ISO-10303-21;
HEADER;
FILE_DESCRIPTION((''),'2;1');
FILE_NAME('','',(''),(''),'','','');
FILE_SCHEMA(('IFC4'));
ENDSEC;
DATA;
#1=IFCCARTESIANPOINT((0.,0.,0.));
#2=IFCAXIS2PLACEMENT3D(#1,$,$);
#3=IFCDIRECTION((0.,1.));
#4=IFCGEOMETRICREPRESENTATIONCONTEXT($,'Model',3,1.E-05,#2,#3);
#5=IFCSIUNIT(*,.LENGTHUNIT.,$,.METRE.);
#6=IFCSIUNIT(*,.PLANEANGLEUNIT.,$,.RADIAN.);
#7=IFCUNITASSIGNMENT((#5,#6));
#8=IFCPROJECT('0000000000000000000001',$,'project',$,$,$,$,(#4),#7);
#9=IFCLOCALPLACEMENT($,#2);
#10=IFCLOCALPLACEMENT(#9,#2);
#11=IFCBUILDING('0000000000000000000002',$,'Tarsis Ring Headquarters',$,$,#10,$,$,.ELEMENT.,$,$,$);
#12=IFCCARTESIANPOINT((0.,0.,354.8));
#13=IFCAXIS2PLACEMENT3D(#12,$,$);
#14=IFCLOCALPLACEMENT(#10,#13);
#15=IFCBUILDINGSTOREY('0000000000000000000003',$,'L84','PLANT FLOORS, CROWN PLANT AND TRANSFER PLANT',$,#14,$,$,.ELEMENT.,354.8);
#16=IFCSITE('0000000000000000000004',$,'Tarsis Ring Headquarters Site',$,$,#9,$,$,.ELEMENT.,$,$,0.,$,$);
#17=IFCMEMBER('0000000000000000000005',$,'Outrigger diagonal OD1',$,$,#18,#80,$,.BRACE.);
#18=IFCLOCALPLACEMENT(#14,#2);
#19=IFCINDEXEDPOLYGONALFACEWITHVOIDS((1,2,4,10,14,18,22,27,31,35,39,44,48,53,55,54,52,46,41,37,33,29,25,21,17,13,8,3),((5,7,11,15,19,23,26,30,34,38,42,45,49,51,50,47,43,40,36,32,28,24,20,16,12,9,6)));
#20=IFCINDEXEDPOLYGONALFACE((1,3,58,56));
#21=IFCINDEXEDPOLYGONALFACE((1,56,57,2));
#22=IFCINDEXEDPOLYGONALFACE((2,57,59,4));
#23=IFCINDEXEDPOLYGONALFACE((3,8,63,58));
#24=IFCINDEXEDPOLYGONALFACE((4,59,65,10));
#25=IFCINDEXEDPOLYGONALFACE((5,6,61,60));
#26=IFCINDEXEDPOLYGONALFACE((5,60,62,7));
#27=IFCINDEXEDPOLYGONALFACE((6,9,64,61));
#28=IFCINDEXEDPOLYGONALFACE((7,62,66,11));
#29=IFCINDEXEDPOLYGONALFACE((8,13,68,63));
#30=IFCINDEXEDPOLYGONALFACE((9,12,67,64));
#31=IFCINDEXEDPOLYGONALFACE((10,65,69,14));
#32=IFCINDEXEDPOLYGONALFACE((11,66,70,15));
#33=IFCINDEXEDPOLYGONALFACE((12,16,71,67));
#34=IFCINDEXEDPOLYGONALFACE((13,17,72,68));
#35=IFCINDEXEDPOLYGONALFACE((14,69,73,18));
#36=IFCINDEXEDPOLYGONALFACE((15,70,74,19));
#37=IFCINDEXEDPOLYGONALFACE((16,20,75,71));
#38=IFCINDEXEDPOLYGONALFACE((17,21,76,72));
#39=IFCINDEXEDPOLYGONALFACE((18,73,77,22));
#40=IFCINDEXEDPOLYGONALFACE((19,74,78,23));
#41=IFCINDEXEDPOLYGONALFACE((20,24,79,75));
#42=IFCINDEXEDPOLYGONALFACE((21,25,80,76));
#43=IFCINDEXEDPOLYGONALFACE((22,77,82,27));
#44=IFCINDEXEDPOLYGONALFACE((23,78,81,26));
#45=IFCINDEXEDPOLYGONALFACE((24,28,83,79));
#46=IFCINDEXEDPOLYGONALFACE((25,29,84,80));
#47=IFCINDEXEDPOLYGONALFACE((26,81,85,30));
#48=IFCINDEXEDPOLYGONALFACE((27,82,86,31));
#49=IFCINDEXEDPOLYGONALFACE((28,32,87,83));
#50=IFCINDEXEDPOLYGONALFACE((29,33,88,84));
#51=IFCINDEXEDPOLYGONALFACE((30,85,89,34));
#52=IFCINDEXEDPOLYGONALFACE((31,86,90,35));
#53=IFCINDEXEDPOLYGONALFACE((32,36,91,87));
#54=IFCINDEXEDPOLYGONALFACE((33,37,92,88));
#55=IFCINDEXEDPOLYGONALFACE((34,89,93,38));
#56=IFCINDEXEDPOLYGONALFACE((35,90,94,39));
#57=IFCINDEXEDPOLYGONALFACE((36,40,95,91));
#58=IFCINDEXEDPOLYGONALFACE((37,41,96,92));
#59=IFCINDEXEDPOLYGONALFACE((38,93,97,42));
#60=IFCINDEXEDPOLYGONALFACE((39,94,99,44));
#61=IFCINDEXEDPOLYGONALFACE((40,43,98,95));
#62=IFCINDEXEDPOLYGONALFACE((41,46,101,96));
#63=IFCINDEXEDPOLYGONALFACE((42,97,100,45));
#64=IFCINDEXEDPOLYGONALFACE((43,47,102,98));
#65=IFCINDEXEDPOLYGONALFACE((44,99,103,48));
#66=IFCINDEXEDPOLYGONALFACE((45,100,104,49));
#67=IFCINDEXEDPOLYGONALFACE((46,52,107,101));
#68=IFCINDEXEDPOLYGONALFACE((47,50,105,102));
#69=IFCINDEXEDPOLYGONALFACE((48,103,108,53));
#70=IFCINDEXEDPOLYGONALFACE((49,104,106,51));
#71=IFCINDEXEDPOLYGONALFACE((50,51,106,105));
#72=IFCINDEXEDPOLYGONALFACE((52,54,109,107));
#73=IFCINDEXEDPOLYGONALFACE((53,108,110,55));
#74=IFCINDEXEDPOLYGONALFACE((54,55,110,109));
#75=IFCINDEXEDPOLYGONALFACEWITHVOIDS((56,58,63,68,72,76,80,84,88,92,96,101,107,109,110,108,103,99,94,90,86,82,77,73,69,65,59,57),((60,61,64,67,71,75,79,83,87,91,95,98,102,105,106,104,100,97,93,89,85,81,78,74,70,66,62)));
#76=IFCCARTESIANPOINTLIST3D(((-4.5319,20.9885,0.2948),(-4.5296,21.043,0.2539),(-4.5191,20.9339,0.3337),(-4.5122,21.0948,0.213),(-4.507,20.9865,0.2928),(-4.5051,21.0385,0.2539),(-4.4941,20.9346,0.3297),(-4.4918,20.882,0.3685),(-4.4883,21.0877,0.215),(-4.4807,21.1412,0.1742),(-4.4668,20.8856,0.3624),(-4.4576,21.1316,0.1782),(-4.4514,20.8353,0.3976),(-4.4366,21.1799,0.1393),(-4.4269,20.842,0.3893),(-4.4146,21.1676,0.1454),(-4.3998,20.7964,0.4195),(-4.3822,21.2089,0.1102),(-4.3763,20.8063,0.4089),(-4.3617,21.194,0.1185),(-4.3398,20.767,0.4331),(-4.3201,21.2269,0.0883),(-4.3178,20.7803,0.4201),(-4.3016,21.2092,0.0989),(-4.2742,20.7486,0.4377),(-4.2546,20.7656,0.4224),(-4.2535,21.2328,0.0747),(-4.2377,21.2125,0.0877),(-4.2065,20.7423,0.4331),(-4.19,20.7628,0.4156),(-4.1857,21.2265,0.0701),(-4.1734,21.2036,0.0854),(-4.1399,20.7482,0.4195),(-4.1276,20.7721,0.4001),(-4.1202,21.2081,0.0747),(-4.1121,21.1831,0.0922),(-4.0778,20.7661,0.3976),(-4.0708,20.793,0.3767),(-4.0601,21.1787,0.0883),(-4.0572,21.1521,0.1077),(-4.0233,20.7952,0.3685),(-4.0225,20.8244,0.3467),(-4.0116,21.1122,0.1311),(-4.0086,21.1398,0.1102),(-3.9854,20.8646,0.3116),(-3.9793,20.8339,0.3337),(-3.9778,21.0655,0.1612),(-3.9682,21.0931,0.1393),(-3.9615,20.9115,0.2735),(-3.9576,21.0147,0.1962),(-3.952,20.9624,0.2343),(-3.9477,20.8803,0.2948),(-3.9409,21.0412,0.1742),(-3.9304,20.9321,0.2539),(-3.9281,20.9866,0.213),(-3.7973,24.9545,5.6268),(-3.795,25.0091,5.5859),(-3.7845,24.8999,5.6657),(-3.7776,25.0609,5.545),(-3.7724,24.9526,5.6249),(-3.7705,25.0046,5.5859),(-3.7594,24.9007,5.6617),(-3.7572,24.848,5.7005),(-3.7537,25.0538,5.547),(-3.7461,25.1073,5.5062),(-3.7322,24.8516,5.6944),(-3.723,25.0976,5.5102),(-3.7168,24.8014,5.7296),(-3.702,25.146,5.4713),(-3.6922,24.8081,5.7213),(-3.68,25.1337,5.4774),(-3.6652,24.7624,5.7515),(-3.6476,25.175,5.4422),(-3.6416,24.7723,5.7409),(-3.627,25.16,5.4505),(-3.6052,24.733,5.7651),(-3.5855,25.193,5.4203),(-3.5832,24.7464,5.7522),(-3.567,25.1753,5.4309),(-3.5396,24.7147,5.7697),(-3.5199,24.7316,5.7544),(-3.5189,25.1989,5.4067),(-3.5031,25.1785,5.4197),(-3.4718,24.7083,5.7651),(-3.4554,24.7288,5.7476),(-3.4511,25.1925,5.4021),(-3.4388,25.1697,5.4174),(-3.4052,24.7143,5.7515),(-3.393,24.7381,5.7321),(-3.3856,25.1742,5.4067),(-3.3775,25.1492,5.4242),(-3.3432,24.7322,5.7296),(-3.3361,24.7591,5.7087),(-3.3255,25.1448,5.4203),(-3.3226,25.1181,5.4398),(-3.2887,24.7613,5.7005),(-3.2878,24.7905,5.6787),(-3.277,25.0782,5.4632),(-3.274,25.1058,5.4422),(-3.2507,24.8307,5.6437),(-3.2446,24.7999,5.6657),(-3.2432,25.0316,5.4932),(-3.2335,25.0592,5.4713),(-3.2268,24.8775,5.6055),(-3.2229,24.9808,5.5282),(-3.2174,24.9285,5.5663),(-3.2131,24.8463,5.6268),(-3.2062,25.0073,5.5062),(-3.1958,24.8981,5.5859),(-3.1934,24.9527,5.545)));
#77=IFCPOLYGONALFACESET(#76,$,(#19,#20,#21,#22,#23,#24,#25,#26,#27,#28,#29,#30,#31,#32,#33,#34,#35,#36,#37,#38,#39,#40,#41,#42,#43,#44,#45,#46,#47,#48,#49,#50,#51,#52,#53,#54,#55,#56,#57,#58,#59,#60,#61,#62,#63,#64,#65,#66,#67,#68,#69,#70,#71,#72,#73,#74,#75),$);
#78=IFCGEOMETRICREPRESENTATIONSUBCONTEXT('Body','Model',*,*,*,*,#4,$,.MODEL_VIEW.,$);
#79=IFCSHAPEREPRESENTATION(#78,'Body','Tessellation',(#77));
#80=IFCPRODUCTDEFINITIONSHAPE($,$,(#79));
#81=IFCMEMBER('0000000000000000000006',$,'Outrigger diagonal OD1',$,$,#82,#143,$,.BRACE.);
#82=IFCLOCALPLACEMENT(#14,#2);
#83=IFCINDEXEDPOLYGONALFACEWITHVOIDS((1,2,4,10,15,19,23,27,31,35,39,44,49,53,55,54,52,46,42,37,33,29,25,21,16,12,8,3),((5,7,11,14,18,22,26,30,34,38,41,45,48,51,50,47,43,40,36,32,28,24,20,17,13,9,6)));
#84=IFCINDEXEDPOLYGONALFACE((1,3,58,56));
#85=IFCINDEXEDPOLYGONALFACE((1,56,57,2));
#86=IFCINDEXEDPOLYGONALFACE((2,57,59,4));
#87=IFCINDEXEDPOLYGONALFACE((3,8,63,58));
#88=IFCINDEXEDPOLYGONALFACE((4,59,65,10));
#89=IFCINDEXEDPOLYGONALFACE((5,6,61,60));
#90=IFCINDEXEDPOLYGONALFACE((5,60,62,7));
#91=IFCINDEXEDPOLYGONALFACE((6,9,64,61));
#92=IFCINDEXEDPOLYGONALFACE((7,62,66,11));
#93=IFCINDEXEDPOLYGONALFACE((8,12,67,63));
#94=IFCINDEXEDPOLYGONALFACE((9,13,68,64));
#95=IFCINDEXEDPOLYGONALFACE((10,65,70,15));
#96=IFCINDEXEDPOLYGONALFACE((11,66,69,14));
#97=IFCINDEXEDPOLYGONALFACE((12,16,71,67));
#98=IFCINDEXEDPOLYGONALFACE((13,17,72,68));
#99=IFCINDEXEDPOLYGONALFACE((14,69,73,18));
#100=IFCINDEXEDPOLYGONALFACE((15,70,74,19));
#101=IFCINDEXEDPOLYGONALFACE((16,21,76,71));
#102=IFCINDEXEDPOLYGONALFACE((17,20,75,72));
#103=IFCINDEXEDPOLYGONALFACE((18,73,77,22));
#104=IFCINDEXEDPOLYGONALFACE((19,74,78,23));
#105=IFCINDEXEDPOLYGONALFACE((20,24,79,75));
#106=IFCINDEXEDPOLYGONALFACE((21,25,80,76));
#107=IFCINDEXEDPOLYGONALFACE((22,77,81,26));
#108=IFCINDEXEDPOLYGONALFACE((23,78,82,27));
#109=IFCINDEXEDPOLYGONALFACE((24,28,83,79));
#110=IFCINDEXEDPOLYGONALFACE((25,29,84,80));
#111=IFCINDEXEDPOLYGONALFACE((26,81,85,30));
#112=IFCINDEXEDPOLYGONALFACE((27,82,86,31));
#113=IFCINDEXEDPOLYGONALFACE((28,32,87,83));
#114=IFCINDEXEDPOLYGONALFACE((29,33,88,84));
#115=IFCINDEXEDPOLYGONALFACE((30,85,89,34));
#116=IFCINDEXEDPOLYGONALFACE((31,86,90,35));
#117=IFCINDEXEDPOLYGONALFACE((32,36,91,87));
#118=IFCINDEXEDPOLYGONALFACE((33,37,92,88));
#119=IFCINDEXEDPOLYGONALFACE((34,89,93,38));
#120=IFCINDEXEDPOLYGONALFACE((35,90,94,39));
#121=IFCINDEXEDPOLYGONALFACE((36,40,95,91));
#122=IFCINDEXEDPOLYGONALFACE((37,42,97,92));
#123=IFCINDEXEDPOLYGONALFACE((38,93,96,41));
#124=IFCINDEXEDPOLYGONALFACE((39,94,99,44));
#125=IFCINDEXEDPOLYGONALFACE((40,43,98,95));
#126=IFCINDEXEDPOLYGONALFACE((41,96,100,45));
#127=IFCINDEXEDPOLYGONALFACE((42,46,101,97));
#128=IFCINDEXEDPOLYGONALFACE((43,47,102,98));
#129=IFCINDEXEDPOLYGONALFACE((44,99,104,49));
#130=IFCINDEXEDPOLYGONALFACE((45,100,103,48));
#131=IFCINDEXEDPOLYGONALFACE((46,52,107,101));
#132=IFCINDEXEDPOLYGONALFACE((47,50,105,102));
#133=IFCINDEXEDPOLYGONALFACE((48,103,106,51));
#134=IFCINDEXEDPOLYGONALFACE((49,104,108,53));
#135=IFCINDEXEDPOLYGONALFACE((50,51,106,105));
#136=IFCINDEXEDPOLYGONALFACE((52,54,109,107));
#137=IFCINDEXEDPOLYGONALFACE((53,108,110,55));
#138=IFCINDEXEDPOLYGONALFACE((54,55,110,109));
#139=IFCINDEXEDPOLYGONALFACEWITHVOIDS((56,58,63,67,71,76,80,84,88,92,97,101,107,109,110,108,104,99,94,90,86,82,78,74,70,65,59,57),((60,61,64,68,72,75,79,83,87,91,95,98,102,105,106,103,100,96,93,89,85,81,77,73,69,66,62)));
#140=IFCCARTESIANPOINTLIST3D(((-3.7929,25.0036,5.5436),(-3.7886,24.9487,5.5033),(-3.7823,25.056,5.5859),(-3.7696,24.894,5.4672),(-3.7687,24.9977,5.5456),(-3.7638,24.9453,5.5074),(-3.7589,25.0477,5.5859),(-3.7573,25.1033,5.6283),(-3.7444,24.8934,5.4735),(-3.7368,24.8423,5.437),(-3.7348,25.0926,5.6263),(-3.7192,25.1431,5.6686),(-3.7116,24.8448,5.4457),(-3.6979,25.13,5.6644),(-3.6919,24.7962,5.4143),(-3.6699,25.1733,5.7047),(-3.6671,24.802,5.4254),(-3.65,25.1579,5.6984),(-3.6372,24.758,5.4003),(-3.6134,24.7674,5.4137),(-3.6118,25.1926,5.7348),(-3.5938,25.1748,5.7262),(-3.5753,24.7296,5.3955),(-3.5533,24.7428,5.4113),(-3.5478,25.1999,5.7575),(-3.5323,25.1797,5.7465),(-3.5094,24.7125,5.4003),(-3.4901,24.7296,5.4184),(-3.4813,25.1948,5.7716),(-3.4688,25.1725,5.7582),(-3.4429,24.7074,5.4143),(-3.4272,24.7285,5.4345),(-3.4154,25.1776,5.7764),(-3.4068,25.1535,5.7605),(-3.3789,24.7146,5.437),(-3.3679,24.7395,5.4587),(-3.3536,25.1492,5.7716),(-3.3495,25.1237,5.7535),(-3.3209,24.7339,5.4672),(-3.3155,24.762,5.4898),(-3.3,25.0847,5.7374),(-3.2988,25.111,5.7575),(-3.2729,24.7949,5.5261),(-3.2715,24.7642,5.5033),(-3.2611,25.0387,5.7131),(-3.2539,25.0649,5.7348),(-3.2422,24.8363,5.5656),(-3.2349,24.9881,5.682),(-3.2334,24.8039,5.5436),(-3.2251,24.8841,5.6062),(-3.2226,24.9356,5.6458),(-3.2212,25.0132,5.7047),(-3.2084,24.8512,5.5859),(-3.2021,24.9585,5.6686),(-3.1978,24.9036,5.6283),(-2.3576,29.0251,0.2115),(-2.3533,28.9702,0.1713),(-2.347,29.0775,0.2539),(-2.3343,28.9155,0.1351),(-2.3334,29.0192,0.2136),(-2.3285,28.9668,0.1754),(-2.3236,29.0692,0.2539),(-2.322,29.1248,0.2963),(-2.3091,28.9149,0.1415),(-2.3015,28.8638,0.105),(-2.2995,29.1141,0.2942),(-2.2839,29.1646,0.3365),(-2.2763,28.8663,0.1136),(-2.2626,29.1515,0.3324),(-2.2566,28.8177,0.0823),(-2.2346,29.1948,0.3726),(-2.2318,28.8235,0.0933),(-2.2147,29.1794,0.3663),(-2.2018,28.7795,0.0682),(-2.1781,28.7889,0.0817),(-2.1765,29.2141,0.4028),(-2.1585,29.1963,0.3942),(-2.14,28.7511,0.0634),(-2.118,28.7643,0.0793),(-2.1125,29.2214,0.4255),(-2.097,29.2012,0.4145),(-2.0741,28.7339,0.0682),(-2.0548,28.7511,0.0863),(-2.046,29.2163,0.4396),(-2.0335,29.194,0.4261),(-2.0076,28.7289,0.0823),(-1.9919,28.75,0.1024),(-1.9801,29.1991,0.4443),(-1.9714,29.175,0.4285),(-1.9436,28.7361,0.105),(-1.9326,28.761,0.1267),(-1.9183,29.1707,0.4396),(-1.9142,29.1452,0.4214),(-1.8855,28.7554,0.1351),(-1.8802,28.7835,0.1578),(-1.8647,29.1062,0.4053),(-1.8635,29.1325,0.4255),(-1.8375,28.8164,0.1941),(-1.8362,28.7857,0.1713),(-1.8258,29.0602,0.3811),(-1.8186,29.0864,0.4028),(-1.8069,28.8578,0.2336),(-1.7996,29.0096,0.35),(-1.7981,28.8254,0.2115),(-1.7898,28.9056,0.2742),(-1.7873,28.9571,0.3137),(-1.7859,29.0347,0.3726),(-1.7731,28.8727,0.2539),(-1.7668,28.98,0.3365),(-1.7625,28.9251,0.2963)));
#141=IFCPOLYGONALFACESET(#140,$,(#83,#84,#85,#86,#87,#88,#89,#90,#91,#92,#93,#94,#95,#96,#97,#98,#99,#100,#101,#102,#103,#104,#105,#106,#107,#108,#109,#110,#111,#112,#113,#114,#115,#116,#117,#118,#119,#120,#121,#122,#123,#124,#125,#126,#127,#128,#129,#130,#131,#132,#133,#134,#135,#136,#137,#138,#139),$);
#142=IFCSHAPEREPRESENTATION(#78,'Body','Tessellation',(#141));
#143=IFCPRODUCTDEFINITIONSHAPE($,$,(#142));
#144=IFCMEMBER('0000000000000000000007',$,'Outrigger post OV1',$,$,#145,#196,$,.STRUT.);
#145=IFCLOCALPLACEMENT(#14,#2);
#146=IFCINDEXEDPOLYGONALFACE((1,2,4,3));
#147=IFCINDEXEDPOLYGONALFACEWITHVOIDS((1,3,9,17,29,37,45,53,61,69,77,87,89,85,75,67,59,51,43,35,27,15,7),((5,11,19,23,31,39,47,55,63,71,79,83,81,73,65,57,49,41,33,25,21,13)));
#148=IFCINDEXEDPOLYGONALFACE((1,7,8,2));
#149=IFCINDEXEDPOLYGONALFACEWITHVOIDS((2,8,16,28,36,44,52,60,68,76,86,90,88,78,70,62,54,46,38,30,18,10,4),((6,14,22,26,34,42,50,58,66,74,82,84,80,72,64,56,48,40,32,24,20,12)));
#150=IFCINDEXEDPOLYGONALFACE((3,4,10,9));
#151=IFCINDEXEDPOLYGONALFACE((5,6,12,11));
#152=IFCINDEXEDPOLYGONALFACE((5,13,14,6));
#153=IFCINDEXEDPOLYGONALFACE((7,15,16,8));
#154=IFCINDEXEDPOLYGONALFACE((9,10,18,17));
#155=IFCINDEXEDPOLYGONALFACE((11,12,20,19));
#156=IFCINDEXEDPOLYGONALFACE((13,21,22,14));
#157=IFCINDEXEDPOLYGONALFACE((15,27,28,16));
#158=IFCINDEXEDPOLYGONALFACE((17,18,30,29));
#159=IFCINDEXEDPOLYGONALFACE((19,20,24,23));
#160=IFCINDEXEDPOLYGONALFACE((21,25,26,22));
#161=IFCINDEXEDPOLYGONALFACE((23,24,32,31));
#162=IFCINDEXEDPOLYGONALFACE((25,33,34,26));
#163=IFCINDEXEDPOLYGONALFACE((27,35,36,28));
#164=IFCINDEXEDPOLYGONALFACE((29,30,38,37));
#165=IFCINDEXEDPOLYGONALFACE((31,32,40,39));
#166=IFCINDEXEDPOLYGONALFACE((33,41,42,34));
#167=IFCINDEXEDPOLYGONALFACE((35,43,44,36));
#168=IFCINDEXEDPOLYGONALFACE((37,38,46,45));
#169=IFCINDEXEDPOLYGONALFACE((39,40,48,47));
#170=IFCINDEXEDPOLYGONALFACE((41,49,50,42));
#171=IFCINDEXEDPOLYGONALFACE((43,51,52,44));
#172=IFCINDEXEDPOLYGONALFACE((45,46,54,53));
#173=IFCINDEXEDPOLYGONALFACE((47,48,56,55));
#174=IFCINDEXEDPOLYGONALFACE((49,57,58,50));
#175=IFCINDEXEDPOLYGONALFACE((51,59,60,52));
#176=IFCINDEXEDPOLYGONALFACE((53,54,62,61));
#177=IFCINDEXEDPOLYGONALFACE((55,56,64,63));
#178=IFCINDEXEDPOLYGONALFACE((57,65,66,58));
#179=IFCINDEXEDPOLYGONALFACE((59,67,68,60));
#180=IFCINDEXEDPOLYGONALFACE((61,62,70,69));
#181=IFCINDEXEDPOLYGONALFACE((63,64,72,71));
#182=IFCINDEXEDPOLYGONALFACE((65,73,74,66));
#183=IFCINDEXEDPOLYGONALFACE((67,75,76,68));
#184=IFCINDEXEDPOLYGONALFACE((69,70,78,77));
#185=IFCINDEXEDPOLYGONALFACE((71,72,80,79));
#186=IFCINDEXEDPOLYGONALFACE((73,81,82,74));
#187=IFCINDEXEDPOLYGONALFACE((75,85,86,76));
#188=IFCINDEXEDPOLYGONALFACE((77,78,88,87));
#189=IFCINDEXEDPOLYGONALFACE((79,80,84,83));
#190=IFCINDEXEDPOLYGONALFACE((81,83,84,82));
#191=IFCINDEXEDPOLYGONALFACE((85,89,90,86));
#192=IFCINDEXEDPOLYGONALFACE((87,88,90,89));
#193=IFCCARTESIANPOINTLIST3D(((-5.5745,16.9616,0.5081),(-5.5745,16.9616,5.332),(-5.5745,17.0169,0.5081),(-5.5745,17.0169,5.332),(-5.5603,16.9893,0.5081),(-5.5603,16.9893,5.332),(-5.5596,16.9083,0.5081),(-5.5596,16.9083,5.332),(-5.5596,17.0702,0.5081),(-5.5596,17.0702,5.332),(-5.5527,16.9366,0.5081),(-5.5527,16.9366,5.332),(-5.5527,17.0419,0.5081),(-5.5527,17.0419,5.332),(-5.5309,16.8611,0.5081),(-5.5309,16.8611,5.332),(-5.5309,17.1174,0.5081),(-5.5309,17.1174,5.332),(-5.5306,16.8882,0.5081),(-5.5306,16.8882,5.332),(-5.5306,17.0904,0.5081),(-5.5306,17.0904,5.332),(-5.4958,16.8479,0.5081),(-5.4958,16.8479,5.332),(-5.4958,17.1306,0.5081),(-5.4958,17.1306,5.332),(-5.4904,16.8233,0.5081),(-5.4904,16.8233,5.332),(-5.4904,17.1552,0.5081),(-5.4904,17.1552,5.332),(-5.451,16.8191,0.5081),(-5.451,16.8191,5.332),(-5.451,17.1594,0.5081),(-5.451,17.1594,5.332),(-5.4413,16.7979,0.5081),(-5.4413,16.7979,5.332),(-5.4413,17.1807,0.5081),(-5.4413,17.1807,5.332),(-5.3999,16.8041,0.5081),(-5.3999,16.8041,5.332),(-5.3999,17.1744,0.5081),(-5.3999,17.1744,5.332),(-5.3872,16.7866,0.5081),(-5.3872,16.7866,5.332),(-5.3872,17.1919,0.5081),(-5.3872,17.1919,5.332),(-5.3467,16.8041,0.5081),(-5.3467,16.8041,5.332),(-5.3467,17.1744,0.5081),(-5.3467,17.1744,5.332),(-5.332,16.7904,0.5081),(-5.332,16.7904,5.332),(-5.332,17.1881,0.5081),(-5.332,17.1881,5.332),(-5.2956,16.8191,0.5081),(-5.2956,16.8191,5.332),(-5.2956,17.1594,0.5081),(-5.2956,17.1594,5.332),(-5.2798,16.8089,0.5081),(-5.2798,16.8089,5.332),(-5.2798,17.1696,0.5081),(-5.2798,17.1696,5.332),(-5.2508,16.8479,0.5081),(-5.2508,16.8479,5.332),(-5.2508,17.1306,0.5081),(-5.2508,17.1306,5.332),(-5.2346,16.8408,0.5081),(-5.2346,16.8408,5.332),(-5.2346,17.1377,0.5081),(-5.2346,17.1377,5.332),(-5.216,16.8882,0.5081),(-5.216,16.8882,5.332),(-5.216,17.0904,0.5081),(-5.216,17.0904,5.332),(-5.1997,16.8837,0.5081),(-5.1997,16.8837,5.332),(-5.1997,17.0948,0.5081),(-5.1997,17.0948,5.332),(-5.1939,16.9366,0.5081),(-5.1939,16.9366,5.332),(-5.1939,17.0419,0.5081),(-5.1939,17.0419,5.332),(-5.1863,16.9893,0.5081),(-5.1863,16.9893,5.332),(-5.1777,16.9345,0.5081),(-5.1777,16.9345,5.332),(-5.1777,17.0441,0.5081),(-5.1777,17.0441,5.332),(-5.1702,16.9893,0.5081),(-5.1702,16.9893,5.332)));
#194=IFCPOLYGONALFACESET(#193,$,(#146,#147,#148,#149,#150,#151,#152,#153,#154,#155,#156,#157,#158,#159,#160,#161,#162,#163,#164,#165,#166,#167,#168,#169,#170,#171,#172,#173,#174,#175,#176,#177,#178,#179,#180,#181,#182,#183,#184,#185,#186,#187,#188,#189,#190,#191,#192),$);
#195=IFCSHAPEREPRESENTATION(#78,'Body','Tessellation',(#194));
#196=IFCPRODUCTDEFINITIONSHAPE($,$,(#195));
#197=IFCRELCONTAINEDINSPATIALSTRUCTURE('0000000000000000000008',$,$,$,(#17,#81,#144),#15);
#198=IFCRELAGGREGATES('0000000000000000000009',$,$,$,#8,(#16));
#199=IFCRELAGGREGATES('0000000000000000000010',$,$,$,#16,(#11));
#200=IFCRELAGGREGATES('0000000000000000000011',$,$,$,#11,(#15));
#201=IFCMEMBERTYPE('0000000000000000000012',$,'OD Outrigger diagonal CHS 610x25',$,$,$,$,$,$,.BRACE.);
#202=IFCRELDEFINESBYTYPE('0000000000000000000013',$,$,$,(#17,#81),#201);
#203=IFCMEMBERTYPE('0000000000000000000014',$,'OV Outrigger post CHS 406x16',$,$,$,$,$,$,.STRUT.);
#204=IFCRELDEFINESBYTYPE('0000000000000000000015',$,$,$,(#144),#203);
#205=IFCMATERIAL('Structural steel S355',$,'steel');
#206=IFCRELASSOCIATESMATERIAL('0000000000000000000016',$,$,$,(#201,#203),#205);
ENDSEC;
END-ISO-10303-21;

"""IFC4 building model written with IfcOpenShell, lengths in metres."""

from ifc_helpers import new_model, si_unit, direction, frame, origin, origin_2d, place, context, subcontext, project, spatial, hollow_circle, extrude, material, material_profile, profile_set, type_object, element, save


model = new_model("IFC4")

# Units and contexts
model_context = context("Model", 3, precision=1e-05, world=origin(), true_north=direction((0.0, 1.0)))
body_context = subcontext(model_context, "Body", "Model", "MODEL_VIEW")
ifc_project = project(units=[si_unit("LENGTHUNIT", "METRE"), si_unit("PLANEANGLEUNIT", "RADIAN")], contexts=[model_context])

# Site, building, storey
site_placement = place(None, origin())
site = spatial("IfcSite", under=ifc_project, at=site_placement, Name="Tarsis Ring Headquarters Site", CompositionType="ELEMENT", RefElevation=0.0)
building_placement = place(site_placement, origin())
building = spatial("IfcBuilding", under=site, at=building_placement, Name="Tarsis Ring Headquarters", CompositionType="ELEMENT")
storey_placement = place(building_placement, frame((0.0, 0.0, 354.8)))
storey = spatial("IfcBuildingStorey", under=building, at=storey_placement, Name="L84", Description="PLANT FLOORS, CROWN PLANT AND TRANSFER PLANT", CompositionType="ELEMENT", Elevation=354.8)

# Shared definitions
ifc_material_1 = material(Name="Structural steel S355", Category="steel")

# Members
ifc_material_profile_1 = material_profile(ifc_material_1, hollow_circle(Radius=0.3047, WallThickness=0.0249, at=origin_2d()), Name="CHS 610x25")
ifc_profile_set_1 = profile_set([ifc_material_profile_1], Name="Structural steel S355")
member_type_1 = type_object("IfcMemberType", Name="OD Outrigger diagonal CHS 610x25", PredefinedType="BRACE", material=ifc_profile_set_1)
member_1_placement = place(storey_placement, frame((-4.23, 20.9875, 0.2539), z_axis=(0.109878, 0.593207, 0.797516), x_axis=(-0.983275, 0.182128, 0.0)))
element("IfcMember", 1, at=member_1_placement, inside=storey, type_object=member_type_1, Name="Outrigger diagonal OD1", PredefinedType="BRACE", context=body_context, shape_type="SweptSolid", body=[
    extrude(hollow_circle(Radius=0.3047, WallThickness=0.0249, at=origin_2d()), origin(), (0.0, 0.0, 1.0), 6.6858),
])
member_2_placement = place(storey_placement, frame((-3.4954, 24.9536, 5.5859), z_axis=(0.210115, 0.588708, -0.78056), x_axis=(-0.941812, 0.336141, 0.0)))
element("IfcMember", 2, at=member_2_placement, inside=storey, type_object=member_type_1, Name="Outrigger diagonal OD1", PredefinedType="BRACE", context=body_context, shape_type="SweptSolid", body=[
    extrude(hollow_circle(Radius=0.3047, WallThickness=0.0249, at=origin_2d()), origin(), (0.0, 0.0, 1.0), 6.8311),
])
ifc_material_profile_2 = material_profile(ifc_material_1, hollow_circle(Radius=0.2031, WallThickness=0.0161, at=origin_2d()), Name="CHS 406x16")
ifc_profile_set_2 = profile_set([ifc_material_profile_2], Name="Structural steel S355")
member_type_2 = type_object("IfcMemberType", Name="OV Outrigger post CHS 406x16", PredefinedType="STRUT", material=ifc_profile_set_2)
for number, where, z_axis, x_axis, name in (
    (3, (-5.3733, 16.9893, 0.5081), (0.0, 0.0, 1.0), (1.0, 0.0, 0.0), "Outrigger post OV1"),
):
    element("IfcMember", number, at=place(storey_placement, frame(where, z_axis=z_axis, x_axis=x_axis)), inside=storey, type_object=member_type_2, Name=name, PredefinedType="STRUT", context=body_context, shape_type="SweptSolid", body=[
        extrude(hollow_circle(Radius=0.2031, WallThickness=0.0161, at=origin_2d()), origin(), (0.0, 0.0, 1.0), 4.824),
    ])

save(model, "model.ifc")
